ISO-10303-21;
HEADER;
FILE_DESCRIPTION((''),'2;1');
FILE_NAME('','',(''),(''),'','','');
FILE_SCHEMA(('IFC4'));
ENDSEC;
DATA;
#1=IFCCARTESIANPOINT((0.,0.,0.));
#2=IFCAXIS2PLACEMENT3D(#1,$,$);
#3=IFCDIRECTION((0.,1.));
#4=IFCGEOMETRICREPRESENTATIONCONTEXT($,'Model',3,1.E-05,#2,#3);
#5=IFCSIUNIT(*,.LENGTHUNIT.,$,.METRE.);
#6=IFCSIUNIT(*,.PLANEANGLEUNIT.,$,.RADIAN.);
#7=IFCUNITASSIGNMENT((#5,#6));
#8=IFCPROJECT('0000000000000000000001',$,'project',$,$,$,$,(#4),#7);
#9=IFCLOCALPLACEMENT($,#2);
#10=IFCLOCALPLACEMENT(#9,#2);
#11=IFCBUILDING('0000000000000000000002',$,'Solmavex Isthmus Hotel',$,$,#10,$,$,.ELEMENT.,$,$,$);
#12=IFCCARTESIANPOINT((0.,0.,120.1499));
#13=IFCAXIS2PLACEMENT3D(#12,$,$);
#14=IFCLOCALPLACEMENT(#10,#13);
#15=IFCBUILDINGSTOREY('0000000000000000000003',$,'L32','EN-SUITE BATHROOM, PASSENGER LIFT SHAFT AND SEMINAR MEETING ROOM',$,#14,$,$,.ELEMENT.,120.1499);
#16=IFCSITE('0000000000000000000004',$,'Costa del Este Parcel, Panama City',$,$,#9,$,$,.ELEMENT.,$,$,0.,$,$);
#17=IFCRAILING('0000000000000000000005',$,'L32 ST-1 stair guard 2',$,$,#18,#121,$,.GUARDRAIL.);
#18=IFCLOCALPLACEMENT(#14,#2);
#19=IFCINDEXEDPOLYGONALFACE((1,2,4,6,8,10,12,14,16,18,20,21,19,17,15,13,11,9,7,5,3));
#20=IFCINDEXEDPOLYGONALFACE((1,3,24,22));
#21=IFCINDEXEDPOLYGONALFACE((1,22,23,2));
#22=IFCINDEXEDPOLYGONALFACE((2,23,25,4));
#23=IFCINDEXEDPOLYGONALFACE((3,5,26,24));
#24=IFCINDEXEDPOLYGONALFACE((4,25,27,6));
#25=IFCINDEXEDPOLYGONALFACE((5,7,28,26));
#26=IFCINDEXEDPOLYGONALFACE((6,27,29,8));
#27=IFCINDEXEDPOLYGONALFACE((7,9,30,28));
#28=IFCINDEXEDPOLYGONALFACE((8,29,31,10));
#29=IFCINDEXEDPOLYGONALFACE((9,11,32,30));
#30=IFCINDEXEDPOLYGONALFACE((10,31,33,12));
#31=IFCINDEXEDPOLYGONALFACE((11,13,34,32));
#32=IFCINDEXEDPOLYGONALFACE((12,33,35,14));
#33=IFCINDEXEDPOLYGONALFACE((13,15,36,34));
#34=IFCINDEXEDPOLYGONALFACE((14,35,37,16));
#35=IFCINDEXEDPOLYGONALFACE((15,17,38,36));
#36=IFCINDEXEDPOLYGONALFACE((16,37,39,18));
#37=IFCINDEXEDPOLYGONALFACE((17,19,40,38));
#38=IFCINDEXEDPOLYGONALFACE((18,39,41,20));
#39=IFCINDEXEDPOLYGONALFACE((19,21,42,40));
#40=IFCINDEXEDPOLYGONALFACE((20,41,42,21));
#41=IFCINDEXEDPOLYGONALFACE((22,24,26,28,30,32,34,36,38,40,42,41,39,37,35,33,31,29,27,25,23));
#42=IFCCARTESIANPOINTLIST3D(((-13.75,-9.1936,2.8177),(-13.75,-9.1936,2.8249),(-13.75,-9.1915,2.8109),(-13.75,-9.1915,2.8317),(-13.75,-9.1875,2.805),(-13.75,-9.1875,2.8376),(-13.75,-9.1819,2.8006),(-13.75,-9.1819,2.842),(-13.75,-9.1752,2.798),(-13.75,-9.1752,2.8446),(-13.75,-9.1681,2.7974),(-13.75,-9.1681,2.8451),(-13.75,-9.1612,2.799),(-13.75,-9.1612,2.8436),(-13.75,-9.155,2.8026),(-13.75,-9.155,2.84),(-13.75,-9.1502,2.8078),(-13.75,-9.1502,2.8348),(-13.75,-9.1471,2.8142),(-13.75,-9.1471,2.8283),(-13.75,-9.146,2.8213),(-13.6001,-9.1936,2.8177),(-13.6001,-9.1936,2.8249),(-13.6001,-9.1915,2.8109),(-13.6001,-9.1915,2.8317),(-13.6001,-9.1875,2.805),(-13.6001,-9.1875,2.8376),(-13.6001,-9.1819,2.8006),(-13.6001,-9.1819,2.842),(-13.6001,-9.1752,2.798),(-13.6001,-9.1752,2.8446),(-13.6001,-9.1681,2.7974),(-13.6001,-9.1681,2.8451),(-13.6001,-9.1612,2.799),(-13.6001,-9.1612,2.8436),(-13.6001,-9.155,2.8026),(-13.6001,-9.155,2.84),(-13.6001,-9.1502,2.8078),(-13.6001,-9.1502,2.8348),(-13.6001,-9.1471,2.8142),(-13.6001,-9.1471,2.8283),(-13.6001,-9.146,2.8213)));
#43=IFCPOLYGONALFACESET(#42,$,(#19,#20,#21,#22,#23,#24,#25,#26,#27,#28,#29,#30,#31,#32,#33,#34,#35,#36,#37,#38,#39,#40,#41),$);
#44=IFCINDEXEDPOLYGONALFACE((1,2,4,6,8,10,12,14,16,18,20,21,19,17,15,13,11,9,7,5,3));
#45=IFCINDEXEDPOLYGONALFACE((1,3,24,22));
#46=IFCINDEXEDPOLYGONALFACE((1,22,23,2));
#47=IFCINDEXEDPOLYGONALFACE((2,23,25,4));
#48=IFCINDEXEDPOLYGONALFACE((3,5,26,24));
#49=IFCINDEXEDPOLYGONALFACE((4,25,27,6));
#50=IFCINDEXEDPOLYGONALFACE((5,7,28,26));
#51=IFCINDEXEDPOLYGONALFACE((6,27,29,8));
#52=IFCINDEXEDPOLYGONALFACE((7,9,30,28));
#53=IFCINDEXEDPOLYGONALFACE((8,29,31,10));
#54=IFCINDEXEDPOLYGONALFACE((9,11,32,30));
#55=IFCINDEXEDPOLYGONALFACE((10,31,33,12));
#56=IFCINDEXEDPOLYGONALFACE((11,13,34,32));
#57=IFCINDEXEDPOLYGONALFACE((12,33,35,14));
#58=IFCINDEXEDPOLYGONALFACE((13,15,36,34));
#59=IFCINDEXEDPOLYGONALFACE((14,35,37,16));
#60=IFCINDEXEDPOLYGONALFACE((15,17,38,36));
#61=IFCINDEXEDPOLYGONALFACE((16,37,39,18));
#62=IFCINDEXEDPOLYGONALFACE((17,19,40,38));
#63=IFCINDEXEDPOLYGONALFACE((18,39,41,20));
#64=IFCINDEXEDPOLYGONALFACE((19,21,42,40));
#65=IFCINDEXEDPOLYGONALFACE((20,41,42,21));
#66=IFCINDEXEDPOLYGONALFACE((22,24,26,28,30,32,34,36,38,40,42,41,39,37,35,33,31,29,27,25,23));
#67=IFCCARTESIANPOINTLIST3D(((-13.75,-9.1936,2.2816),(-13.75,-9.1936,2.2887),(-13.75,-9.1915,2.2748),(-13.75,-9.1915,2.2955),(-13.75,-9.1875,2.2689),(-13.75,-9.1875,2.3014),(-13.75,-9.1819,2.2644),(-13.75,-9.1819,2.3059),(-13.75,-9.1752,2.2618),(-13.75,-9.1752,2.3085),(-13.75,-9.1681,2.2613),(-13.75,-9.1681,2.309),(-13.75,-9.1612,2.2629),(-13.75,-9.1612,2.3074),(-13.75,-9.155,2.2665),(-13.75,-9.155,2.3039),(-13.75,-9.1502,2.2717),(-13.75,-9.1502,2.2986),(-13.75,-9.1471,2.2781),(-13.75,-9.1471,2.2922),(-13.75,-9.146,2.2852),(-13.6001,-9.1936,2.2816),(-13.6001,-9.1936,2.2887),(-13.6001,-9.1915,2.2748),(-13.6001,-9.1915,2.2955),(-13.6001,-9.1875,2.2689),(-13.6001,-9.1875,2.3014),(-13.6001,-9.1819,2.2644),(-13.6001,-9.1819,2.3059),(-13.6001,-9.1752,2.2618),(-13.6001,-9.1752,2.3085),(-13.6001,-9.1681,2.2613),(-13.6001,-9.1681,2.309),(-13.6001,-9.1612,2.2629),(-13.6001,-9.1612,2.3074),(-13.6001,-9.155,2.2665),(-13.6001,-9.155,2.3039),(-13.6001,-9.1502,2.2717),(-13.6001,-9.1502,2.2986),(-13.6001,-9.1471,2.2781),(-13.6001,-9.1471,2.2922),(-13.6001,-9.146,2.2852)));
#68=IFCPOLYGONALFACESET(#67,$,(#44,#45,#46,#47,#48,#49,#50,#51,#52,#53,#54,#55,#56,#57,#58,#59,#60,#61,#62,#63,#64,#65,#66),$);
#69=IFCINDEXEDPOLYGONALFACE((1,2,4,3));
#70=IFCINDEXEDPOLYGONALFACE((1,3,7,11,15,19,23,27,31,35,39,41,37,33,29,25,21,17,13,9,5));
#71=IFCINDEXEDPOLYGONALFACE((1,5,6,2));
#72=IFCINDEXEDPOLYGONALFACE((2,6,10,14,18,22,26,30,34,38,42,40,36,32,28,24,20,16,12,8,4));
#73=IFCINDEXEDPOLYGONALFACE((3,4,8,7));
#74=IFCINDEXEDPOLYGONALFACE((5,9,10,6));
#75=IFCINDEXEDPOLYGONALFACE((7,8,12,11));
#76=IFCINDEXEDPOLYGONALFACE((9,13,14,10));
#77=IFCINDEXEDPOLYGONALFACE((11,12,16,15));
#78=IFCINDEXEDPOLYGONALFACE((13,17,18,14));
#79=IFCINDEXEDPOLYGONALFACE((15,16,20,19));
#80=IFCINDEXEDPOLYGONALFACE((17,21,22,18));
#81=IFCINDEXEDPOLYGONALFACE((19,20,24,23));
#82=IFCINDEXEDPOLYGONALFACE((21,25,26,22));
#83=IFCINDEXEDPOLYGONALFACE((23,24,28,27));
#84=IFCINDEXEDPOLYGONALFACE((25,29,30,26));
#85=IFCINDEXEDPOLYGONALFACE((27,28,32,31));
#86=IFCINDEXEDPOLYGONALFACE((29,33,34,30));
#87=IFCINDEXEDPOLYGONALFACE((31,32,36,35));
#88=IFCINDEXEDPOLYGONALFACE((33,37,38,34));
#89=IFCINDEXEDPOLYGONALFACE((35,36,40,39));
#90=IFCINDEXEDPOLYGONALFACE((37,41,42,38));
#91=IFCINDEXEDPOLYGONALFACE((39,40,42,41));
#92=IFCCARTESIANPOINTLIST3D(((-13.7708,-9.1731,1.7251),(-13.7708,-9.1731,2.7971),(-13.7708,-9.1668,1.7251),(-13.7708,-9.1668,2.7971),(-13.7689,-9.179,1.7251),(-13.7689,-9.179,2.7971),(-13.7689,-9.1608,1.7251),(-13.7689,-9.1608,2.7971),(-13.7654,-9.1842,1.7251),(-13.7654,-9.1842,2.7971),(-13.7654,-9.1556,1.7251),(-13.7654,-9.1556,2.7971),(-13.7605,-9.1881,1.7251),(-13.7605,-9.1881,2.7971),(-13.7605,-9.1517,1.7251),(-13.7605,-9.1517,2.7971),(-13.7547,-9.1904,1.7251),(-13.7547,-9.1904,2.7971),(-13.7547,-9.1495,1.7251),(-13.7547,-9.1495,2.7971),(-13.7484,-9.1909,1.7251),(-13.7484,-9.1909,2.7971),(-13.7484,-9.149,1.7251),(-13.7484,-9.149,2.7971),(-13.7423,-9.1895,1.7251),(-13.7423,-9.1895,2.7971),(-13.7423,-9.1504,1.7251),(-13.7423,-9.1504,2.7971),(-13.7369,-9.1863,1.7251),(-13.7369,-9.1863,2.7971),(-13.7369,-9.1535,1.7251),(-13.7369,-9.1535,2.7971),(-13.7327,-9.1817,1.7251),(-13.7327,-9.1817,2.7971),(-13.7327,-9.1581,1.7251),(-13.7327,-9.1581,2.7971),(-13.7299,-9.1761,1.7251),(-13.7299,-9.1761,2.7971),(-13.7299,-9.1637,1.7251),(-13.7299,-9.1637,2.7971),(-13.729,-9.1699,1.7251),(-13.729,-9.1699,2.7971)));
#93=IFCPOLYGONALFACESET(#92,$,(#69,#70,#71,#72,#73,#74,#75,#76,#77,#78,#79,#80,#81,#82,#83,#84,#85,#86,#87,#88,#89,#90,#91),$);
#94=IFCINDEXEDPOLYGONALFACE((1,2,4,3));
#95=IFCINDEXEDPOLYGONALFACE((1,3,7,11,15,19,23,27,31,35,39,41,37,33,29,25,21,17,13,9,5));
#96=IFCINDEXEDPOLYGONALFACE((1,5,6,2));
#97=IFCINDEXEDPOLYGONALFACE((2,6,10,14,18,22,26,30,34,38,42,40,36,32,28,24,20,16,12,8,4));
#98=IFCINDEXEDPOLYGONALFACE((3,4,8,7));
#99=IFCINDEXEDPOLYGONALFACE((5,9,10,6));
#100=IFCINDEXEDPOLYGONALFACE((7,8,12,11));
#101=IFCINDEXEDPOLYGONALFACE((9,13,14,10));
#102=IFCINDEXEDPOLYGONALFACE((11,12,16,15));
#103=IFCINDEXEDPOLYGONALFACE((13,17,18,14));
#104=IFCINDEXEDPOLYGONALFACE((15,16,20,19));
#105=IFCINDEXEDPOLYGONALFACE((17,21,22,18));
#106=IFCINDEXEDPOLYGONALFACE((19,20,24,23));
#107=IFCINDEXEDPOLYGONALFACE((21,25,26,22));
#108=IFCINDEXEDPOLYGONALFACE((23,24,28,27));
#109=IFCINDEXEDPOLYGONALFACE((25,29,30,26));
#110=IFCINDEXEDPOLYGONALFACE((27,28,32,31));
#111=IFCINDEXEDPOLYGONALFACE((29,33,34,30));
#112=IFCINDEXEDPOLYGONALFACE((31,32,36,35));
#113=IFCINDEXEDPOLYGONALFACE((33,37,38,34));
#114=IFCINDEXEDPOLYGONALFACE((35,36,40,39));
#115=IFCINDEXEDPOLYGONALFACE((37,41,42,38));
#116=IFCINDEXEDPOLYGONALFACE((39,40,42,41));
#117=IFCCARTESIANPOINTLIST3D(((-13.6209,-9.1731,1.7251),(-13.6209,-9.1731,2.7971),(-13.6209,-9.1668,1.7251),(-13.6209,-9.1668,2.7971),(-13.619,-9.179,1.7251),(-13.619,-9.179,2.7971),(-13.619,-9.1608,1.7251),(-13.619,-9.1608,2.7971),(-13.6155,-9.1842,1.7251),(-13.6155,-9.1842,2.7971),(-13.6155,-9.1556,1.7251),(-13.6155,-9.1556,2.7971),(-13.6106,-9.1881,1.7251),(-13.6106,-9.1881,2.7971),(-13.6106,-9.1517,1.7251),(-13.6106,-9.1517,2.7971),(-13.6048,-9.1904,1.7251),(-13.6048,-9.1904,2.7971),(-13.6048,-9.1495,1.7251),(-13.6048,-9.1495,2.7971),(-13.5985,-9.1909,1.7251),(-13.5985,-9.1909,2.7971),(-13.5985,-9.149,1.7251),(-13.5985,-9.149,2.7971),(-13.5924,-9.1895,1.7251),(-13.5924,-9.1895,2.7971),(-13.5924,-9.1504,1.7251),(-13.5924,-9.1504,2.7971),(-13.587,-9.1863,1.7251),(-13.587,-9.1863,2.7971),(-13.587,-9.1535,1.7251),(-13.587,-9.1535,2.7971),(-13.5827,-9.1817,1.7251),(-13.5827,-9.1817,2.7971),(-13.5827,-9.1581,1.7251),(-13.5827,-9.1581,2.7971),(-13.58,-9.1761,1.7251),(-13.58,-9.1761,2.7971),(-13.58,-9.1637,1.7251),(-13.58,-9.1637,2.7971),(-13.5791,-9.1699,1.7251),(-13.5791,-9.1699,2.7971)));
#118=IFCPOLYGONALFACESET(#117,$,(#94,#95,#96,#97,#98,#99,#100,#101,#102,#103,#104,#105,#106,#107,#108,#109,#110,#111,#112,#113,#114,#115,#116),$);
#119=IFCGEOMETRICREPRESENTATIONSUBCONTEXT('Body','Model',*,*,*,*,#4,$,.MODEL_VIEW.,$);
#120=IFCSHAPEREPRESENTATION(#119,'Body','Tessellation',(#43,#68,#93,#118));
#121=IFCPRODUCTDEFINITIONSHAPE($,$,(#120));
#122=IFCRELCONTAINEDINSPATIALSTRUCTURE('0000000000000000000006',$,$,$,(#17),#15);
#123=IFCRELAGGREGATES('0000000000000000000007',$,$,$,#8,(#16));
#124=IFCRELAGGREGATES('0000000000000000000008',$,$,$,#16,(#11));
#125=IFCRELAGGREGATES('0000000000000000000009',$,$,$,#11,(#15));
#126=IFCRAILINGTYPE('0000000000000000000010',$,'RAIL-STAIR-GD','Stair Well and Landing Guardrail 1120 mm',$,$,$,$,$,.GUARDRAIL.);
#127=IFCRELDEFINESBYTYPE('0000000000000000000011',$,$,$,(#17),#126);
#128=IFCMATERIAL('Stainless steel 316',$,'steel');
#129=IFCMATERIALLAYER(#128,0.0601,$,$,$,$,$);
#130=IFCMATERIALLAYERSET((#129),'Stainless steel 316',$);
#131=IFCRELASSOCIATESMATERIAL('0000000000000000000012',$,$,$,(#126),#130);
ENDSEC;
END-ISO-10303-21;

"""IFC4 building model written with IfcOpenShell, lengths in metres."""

from ifc_helpers import new_model, si_unit, direction, frame, origin, origin_2d, place, context, subcontext, project, spatial, circle, extrude, material, layer, layer_set, type_object, element, save


model = new_model("IFC4")

# Units and contexts
model_context = context("Model", 3, precision=1e-05, world=origin(), true_north=direction((0.0, 1.0)))
body_context = subcontext(model_context, "Body", "Model", "MODEL_VIEW")
ifc_project = project(units=[si_unit("LENGTHUNIT", "METRE"), si_unit("PLANEANGLEUNIT", "RADIAN")], contexts=[model_context])

# Site, building, storey
site_placement = place(None, origin())
site = spatial("IfcSite", under=ifc_project, at=site_placement, Name="Costa del Este Parcel, Panama City", CompositionType="ELEMENT", RefElevation=0.0)
building_placement = place(site_placement, origin())
building = spatial("IfcBuilding", under=site, at=building_placement, Name="Solmavex Isthmus Hotel", CompositionType="ELEMENT")
storey_placement = place(building_placement, frame((0.0, 0.0, 120.1499)))
storey = spatial("IfcBuildingStorey", under=building, at=storey_placement, Name="L32", Description="EN-SUITE BATHROOM, PASSENGER LIFT SHAFT AND SEMINAR MEETING ROOM", CompositionType="ELEMENT", Elevation=120.1499)

# Railing
ifc_material_1 = material(Name="Stainless steel 316", Category="steel")
ifc_layer_1 = layer(ifc_material_1, 0.0601)
ifc_layer_set_1 = layer_set([ifc_layer_1], Name="Stainless steel 316")
railing_type_1 = type_object("IfcRailingType", Name="RAIL-STAIR-GD", Description="Stair Well and Landing Guardrail 1120 mm", PredefinedType="GUARDRAIL", material=ifc_layer_set_1)
railing_1_placement = place(storey_placement, frame((-13.75, -9.1699, 1.7251)))
element("IfcRailing", 1, at=railing_1_placement, inside=storey, type_object=railing_type_1, Name="L32 ST-1 stair guard 2", PredefinedType="GUARDRAIL", context=body_context, shape_type="SweptSolid", body=[
    extrude(circle(Radius=0.0239, at=origin_2d()), frame((0.0, 0.0, 1.0962), z_axis=(1.0, 0.0, 0.0), x_axis=(0.0, 1.0, 0.0)), (0.0, 0.0, 1.0), 0.1499),
    extrude(circle(Radius=0.0239, at=origin_2d()), frame((0.0, 0.0, 0.5601), z_axis=(1.0, 0.0, 0.0), x_axis=(0.0, 1.0, 0.0)), (0.0, 0.0, 1.0), 0.1499),
    extrude(circle(Radius=0.021, at=origin_2d()), origin(), (0.0, 0.0, 1.0), 1.072),
    extrude(circle(Radius=0.021, at=origin_2d()), frame((0.1499, 0.0, 0.0)), (0.0, 0.0, 1.0), 1.072),
])

save(model, "model.ifc")
